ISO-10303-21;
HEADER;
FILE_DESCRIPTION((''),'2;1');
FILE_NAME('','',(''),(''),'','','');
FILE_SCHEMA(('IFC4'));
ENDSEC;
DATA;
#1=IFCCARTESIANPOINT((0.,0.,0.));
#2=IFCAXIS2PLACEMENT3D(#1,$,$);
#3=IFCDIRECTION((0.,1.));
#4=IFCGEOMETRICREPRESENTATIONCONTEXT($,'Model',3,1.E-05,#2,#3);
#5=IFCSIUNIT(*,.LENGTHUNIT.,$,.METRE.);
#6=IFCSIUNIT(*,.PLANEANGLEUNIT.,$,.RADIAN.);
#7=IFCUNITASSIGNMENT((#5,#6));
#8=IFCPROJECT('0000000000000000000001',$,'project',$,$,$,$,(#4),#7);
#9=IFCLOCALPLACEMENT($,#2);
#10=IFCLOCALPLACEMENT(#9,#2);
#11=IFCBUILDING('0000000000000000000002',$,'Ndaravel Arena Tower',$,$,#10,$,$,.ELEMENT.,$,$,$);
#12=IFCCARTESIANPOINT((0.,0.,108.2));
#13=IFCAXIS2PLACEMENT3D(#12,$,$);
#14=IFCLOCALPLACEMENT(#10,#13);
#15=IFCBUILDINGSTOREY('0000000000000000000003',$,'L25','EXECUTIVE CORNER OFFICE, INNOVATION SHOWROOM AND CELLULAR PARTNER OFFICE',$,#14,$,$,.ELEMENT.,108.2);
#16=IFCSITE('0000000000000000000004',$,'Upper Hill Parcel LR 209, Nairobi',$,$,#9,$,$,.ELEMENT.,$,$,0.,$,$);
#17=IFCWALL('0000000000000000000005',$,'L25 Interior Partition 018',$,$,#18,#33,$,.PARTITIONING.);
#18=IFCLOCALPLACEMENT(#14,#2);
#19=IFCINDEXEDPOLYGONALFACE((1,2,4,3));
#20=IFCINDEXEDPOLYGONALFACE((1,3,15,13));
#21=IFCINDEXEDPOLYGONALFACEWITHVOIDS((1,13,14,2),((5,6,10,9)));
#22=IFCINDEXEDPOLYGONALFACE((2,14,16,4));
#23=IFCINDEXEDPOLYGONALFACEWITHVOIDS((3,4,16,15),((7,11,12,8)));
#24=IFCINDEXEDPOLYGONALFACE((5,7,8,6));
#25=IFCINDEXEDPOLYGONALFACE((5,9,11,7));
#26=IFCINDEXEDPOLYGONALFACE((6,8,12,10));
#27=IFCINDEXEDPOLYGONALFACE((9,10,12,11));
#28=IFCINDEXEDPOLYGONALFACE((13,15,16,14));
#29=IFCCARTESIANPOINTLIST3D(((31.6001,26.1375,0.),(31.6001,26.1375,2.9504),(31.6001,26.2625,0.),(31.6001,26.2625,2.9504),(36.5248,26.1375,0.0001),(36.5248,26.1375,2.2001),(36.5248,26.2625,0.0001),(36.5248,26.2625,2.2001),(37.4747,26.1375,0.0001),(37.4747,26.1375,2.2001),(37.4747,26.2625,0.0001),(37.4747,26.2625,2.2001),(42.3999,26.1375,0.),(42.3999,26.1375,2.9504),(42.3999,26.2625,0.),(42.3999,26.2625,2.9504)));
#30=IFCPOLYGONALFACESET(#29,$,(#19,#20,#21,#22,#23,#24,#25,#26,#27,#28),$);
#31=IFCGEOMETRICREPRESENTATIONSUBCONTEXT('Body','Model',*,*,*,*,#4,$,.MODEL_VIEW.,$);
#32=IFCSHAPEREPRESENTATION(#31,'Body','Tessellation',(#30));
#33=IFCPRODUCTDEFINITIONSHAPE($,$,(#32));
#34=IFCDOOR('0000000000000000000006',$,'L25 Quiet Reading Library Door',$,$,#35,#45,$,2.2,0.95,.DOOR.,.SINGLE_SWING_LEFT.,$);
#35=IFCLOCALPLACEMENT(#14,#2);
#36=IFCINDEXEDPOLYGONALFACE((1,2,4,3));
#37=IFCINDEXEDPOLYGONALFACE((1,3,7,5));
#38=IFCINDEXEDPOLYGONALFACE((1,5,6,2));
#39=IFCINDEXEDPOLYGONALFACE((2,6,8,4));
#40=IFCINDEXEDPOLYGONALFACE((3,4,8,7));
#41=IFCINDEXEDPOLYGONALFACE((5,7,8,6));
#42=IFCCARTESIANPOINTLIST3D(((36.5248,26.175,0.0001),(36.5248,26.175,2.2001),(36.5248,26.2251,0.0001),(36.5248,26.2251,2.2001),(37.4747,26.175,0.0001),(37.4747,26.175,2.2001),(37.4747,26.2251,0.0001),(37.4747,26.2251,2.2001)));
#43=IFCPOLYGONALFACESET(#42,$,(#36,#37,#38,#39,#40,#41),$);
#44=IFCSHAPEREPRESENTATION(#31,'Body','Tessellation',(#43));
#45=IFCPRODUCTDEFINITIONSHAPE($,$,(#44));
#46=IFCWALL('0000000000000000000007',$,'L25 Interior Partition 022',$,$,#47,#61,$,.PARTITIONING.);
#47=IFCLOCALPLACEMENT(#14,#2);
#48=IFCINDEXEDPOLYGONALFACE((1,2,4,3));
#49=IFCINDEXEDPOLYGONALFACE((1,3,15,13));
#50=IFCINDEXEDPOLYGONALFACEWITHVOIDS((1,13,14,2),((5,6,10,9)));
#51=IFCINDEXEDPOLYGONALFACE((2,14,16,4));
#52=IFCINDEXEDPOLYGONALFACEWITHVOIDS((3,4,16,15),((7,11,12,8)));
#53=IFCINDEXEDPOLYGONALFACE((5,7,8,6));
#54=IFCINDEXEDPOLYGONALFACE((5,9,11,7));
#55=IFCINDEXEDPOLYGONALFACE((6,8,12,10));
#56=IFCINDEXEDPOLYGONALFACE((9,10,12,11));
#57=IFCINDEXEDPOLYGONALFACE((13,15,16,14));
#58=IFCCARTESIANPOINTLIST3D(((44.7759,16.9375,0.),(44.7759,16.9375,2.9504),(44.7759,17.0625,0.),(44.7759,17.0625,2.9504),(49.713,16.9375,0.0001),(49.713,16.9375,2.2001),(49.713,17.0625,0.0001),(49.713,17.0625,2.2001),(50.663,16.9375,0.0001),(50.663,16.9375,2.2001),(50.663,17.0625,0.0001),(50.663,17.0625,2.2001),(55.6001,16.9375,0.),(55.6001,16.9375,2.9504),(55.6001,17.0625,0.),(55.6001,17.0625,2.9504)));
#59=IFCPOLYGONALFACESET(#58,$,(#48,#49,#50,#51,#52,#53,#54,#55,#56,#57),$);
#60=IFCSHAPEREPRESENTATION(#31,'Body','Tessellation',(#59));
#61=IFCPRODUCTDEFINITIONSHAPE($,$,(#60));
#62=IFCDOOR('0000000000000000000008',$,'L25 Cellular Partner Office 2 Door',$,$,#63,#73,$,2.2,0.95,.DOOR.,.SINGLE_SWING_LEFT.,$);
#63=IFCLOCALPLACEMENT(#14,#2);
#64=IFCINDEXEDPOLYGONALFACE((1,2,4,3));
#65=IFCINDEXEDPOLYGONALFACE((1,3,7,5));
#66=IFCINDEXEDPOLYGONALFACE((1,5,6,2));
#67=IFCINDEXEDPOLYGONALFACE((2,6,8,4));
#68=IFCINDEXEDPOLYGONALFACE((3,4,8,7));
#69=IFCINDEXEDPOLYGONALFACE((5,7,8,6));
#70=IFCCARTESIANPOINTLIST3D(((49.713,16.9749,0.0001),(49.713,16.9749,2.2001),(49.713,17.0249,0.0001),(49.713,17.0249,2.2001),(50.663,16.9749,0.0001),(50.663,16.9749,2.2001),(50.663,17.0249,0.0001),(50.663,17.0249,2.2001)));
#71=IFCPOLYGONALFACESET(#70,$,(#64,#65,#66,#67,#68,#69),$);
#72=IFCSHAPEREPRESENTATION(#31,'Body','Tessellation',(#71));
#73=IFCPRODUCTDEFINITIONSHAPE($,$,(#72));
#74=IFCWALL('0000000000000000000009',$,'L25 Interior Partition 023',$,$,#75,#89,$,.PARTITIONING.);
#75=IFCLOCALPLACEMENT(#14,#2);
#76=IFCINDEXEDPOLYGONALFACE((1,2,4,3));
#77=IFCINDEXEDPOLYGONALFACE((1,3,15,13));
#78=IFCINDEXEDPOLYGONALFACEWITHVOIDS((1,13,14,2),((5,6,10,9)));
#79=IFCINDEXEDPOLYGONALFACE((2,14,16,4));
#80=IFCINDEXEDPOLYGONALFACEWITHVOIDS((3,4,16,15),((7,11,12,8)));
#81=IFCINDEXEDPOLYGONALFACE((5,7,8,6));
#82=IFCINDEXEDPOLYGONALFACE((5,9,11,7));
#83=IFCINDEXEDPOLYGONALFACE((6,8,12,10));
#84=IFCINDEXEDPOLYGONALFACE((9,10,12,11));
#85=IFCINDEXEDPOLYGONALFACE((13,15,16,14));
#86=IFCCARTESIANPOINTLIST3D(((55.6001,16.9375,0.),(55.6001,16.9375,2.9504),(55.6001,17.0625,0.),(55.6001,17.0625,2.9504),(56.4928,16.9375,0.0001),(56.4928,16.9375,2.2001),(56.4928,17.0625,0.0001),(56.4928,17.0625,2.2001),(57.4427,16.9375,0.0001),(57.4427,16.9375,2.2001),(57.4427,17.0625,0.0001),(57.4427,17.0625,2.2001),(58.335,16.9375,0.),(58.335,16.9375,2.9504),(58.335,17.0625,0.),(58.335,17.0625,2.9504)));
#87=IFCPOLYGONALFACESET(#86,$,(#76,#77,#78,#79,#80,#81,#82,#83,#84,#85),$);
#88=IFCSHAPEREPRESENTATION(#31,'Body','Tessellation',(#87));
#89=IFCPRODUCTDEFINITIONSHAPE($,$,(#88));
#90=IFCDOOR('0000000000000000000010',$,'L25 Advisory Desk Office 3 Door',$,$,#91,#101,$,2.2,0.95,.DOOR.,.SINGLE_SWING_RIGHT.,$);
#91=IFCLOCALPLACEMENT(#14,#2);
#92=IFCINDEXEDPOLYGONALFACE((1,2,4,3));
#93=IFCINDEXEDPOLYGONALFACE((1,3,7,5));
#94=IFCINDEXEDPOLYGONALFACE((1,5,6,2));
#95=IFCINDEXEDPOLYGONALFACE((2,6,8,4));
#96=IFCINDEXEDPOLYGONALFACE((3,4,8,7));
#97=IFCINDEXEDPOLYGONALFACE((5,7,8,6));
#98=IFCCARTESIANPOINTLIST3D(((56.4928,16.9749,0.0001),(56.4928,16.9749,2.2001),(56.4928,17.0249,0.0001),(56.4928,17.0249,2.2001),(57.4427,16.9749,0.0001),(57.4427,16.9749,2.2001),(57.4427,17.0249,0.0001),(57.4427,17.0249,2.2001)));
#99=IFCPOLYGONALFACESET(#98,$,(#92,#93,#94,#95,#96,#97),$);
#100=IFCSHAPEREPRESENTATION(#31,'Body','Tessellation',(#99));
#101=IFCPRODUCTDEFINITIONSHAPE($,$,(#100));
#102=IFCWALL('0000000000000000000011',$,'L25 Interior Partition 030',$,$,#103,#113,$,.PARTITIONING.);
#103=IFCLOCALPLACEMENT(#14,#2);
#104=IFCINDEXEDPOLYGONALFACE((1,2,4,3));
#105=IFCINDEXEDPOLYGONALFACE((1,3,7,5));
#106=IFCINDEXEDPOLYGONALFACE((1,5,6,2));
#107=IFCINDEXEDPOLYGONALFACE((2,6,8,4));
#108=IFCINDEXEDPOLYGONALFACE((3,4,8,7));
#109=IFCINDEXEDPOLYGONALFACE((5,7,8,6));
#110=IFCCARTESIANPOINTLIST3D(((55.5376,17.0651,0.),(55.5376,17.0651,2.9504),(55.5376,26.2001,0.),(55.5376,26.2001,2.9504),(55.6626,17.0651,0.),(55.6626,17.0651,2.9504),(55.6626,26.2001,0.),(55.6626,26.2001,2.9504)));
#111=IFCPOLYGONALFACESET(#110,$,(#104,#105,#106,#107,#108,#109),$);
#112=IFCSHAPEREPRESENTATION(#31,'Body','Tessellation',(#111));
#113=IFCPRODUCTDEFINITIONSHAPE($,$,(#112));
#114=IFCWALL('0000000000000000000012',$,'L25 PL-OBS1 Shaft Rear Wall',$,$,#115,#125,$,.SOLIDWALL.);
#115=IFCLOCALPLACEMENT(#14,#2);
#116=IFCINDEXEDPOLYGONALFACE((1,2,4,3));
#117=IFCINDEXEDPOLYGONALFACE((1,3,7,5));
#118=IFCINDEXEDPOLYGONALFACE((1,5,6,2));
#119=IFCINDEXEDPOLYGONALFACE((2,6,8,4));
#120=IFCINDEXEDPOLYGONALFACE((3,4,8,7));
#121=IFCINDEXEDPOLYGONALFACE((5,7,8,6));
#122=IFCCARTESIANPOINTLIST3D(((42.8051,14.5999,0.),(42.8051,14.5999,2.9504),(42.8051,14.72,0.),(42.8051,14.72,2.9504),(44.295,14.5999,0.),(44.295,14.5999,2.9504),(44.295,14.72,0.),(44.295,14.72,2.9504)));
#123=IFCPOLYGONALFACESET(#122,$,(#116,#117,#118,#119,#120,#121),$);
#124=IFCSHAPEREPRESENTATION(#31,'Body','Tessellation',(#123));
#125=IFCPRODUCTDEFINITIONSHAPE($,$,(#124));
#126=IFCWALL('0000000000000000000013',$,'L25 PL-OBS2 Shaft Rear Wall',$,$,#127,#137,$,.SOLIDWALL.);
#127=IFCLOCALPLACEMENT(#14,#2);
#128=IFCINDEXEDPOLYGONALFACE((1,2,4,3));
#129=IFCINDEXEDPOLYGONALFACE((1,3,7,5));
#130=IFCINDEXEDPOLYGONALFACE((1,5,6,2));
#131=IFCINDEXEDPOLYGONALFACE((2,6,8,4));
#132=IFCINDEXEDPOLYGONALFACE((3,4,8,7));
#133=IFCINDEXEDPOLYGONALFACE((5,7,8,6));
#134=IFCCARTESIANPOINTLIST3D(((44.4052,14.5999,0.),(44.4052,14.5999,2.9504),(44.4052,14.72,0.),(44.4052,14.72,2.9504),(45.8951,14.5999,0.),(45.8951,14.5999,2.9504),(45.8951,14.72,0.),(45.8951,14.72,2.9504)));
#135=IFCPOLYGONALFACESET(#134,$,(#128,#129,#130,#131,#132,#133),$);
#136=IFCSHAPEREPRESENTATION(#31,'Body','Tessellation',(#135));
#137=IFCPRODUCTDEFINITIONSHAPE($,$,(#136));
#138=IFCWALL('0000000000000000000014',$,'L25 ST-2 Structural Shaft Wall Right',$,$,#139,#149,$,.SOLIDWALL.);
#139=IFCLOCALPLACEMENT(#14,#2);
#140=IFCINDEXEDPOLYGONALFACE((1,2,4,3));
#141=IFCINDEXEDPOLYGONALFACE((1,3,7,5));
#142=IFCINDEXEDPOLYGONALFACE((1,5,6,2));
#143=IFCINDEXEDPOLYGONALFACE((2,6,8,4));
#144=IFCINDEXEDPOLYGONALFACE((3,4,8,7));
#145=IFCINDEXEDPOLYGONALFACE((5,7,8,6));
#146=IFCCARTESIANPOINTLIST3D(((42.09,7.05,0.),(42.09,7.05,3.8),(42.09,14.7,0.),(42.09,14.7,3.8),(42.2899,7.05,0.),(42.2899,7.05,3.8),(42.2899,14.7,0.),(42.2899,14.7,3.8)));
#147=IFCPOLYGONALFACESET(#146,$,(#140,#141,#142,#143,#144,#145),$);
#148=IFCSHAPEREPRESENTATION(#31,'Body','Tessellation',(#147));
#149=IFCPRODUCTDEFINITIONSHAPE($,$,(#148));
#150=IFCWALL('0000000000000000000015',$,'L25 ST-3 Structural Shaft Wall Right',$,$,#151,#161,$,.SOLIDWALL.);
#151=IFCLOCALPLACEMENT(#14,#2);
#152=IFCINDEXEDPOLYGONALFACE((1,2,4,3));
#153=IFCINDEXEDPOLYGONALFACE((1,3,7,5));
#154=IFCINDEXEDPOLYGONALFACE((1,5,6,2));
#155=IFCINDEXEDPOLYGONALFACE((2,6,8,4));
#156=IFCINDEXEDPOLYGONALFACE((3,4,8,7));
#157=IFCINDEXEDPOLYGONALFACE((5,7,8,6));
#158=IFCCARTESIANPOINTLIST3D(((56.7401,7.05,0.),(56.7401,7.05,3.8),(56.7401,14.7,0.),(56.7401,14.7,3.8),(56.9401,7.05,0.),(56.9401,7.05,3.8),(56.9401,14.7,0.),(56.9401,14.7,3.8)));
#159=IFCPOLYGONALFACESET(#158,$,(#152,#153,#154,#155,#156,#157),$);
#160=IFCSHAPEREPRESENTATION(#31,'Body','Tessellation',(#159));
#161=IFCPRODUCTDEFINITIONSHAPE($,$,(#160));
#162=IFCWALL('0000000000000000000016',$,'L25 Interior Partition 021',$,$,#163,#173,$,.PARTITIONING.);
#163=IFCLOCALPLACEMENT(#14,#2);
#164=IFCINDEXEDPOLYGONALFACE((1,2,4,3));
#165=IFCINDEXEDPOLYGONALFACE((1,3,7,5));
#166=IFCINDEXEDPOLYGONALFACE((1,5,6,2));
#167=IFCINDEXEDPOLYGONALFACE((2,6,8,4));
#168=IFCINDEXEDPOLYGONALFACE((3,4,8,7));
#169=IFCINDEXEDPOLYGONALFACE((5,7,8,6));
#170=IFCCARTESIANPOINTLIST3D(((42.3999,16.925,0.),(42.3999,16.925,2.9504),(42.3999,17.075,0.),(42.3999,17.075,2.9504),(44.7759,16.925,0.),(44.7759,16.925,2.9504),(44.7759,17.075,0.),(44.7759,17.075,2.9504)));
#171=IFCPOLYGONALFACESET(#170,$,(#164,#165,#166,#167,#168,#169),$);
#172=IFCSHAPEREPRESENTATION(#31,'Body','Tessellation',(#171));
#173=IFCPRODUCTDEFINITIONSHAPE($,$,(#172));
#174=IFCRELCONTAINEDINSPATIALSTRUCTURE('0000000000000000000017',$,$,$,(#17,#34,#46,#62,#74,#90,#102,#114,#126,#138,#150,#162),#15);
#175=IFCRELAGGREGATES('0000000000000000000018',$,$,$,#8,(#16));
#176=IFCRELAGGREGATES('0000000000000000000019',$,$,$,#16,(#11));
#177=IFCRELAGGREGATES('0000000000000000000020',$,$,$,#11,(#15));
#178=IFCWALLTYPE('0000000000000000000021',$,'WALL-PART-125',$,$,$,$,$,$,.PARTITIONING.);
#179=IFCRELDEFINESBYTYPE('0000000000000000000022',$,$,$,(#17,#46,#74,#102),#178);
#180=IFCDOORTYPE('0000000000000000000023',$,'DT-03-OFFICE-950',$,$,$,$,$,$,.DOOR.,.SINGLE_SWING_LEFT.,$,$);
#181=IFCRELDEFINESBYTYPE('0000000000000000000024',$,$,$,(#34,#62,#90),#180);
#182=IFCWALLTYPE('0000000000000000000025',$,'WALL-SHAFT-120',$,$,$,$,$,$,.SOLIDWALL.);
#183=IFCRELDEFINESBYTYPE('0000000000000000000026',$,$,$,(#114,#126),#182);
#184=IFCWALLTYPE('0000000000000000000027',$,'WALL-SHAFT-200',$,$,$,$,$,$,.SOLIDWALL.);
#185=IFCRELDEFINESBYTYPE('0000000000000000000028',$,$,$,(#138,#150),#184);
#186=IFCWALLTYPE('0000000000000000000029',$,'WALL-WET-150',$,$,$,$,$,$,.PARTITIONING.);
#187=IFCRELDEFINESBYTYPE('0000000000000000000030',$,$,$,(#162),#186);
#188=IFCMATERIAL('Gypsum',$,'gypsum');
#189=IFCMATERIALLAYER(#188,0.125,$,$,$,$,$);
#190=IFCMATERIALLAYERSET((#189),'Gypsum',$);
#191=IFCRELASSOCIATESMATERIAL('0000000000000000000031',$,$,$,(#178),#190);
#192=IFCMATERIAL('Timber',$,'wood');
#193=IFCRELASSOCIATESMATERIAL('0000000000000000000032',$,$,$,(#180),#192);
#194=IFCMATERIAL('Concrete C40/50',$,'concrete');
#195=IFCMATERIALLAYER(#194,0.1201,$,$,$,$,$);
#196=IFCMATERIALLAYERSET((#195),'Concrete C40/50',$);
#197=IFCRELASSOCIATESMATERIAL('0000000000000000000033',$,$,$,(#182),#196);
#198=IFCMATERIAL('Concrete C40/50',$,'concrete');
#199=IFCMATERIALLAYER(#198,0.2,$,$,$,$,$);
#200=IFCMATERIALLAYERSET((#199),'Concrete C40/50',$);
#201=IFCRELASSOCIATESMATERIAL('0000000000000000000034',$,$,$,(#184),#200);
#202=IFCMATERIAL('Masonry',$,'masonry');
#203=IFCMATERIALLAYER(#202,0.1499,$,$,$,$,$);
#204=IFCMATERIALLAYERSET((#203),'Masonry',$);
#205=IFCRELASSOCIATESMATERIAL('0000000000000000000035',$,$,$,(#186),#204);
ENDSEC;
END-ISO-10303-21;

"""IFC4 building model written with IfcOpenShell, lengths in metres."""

from ifc_helpers import new_model, si_unit, direction, frame, frame_2d, origin, place, context, subcontext, project, spatial, rectangle, extrude, material, layer, layer_set, type_object, element, fill, save


model = new_model("IFC4")

# Units and contexts
model_context = context("Model", 3, precision=1e-05, world=origin(), true_north=direction((0.0, 1.0)))
body_context = subcontext(model_context, "Body", "Model", "MODEL_VIEW")
ifc_project = project(units=[si_unit("LENGTHUNIT", "METRE"), si_unit("PLANEANGLEUNIT", "RADIAN")], contexts=[model_context])

# Site, building, storey
site_placement = place(None, origin())
site = spatial("IfcSite", under=ifc_project, at=site_placement, Name="Upper Hill Parcel LR 209, Nairobi", CompositionType="ELEMENT", RefElevation=0.0)
building_placement = place(site_placement, origin())
building = spatial("IfcBuilding", under=site, at=building_placement, Name="Ndaravel Arena Tower", CompositionType="ELEMENT")
storey_placement = place(building_placement, frame((0.0, 0.0, 108.2)))
storey = spatial("IfcBuildingStorey", under=building, at=storey_placement, Name="L25", Description="EXECUTIVE CORNER OFFICE, INNOVATION SHOWROOM AND CELLULAR PARTNER OFFICE", CompositionType="ELEMENT", Elevation=108.2)

# Shared definitions
ifc_material_1 = material(Name="Gypsum", Category="gypsum")
ifc_layer_1 = layer(ifc_material_1, 0.125)
ifc_layer_set_1 = layer_set([ifc_layer_1], Name="Gypsum")
wall_type_1 = type_object("IfcWallType", Name="WALL-PART-125", PredefinedType="PARTITIONING", material=ifc_layer_set_1)

# Walls, openings, doors
wall_1_placement = place(storey_placement, frame((42.3999, 26.2, 0.0), z_axis=(0.0, 0.0, 1.0), x_axis=(-1.0, 0.0, 0.0)))
wall_1 = element("IfcWall", 1, at=wall_1_placement, inside=storey, type_object=wall_type_1, Name="L25 Interior Partition 018", PredefinedType="PARTITIONING", context=body_context, shape_type="SweptSolid", body=[
    extrude(rectangle(XDim=10.7998, YDim=0.125, at=frame_2d((5.3999, 0.0))), origin(), (0.0, 0.0, 1.0), 2.9504),
])
opening_1_placement = place(wall_1_placement, frame((4.925, 0.0, 0.0)))
opening_1 = element("IfcOpeningElement", 2, at=opening_1_placement, cuts=wall_1, PredefinedType="OPENING", context=body_context, shape_type="SweptSolid", body=[
    extrude(rectangle(XDim=0.95, YDim=2.2, at=frame_2d((0.4751, 1.1001))), frame((0.0, 0.0625, 0.0), z_axis=(0.0, -1.0, 0.0), x_axis=(1.0, 0.0, 0.0)), (0.0, 0.0, 1.0), 0.125),
])
ifc_material_2 = material(Name="Timber", Category="wood")
door_type_1 = type_object("IfcDoorType", Name="DT-03-OFFICE-950", OperationType="SINGLE_SWING_LEFT", PredefinedType="DOOR", material=ifc_material_2)
door_1_placement = place(opening_1_placement, origin())
door_1 = element("IfcDoor", 3, at=door_1_placement, inside=storey, type_object=door_type_1, Name="L25 Quiet Reading Library Door", OperationType="SINGLE_SWING_LEFT", OverallHeight=2.2, OverallWidth=0.95, PredefinedType="DOOR", context=body_context, shape_type="SweptSolid", body=[
    extrude(rectangle(XDim=0.95, YDim=2.2, at=frame_2d((0.4751, 1.1001))), frame((0.0, 0.0249, 0.0), z_axis=(0.0, -1.0, 0.0), x_axis=(1.0, 0.0, 0.0)), (0.0, 0.0, 1.0), 0.05),
])
fill(opening_1, door_1)
wall_2_placement = place(storey_placement, frame((44.7759, 17.0, 0.0), z_axis=(0.0, 0.0, 1.0), x_axis=(1.0, 0.0, 0.0)))
wall_2 = element("IfcWall", 4, at=wall_2_placement, inside=storey, type_object=wall_type_1, Name="L25 Interior Partition 022", PredefinedType="PARTITIONING", context=body_context, shape_type="SweptSolid", body=[
    extrude(rectangle(XDim=10.8242, YDim=0.125, at=frame_2d((5.4121, 0.0))), origin(), (0.0, 0.0, 1.0), 2.9504),
])
opening_2_placement = place(wall_2_placement, frame((4.937, 0.0, 0.0)))
opening_2 = element("IfcOpeningElement", 5, at=opening_2_placement, cuts=wall_2, PredefinedType="OPENING", context=body_context, shape_type="SweptSolid", body=[
    extrude(rectangle(XDim=0.95, YDim=2.2, at=frame_2d((0.4751, 1.1001))), frame((0.0, 0.0625, 0.0), z_axis=(0.0, -1.0, 0.0), x_axis=(1.0, 0.0, 0.0)), (0.0, 0.0, 1.0), 0.125),
])
door_2_placement = place(opening_2_placement, origin())
door_2 = element("IfcDoor", 6, at=door_2_placement, inside=storey, type_object=door_type_1, Name="L25 Cellular Partner Office 2 Door", OperationType="SINGLE_SWING_LEFT", OverallHeight=2.2, OverallWidth=0.95, PredefinedType="DOOR", context=body_context, shape_type="SweptSolid", body=[
    extrude(rectangle(XDim=0.95, YDim=2.2, at=frame_2d((0.4751, 1.1001))), frame((0.0, 0.0249, 0.0), z_axis=(0.0, -1.0, 0.0), x_axis=(1.0, 0.0, 0.0)), (0.0, 0.0, 1.0), 0.05),
])
fill(opening_2, door_2)
wall_3_placement = place(storey_placement, frame((55.6001, 17.0, 0.0), z_axis=(0.0, 0.0, 1.0), x_axis=(1.0, 0.0, 0.0)))
wall_3 = element("IfcWall", 7, at=wall_3_placement, inside=storey, type_object=wall_type_1, Name="L25 Interior Partition 023", PredefinedType="PARTITIONING", context=body_context, shape_type="SweptSolid", body=[
    extrude(rectangle(XDim=2.7349, YDim=0.125, at=frame_2d((1.3674, 0.0))), origin(), (0.0, 0.0, 1.0), 2.9504),
])
opening_3_placement = place(wall_3_placement, frame((0.8926, 0.0, 0.0)))
opening_3 = element("IfcOpeningElement", 8, at=opening_3_placement, cuts=wall_3, PredefinedType="OPENING", context=body_context, shape_type="SweptSolid", body=[
    extrude(rectangle(XDim=0.95, YDim=2.2, at=frame_2d((0.4751, 1.1001))), frame((0.0, 0.0625, 0.0), z_axis=(0.0, -1.0, 0.0), x_axis=(1.0, 0.0, 0.0)), (0.0, 0.0, 1.0), 0.125),
])
door_3_placement = place(opening_3_placement, origin())
door_3 = element("IfcDoor", 9, at=door_3_placement, inside=storey, type_object=door_type_1, Name="L25 Advisory Desk Office 3 Door", OperationType="SINGLE_SWING_RIGHT", OverallHeight=2.2, OverallWidth=0.95, PredefinedType="DOOR", context=body_context, shape_type="SweptSolid", body=[
    extrude(rectangle(XDim=0.95, YDim=2.2, at=frame_2d((0.4751, 1.1001))), frame((0.0, 0.0249, 0.0), z_axis=(0.0, -1.0, 0.0), x_axis=(1.0, 0.0, 0.0)), (0.0, 0.0, 1.0), 0.05),
])
fill(opening_3, door_3)

# Walls
wall_4_placement = place(storey_placement, frame((55.6001, 26.2, 0.0), z_axis=(0.0, 0.0, 1.0), x_axis=(0.0, -1.0, 0.0)))
element("IfcWall", 10, at=wall_4_placement, inside=storey, type_object=wall_type_1, Name="L25 Interior Partition 030", PredefinedType="PARTITIONING", context=body_context, shape_type="SweptSolid", body=[
    extrude(rectangle(XDim=9.135, YDim=0.125, at=frame_2d((4.5674, 0.0))), origin(), (0.0, 0.0, 1.0), 2.9504),
])
ifc_material_3 = material(Name="Concrete C40/50", Category="concrete")
ifc_layer_2 = layer(ifc_material_3, 0.1201)
ifc_layer_set_2 = layer_set([ifc_layer_2], Name="Concrete C40/50")
wall_type_2 = type_object("IfcWallType", Name="WALL-SHAFT-120", PredefinedType="SOLIDWALL", material=ifc_layer_set_2)
for number, where, z_axis, x_axis, name in (
    (11, (42.8049, 14.6599, 0.0), (0.0, 0.0, 1.0), (1.0, 0.0, 0.0), "L25 PL-OBS1 Shaft Rear Wall"),
    (12, (44.405, 14.6599, 0.0), (0.0, 0.0, 1.0), (1.0, 0.0, 0.0), "L25 PL-OBS2 Shaft Rear Wall"),
):
    element("IfcWall", number, at=place(storey_placement, frame(where, z_axis=z_axis, x_axis=x_axis)), inside=storey, type_object=wall_type_2, Name=name, PredefinedType="SOLIDWALL", context=body_context, shape_type="SweptSolid", body=[
        extrude(rectangle(XDim=1.49, YDim=0.1201, at=frame_2d((0.7451, 0.0))), origin(), (0.0, 0.0, 1.0), 2.9504),
    ])
ifc_material_4 = material(Name="Concrete C40/50", Category="concrete")
ifc_layer_3 = layer(ifc_material_4, 0.2)
ifc_layer_set_3 = layer_set([ifc_layer_3], Name="Concrete C40/50")
wall_type_3 = type_object("IfcWallType", Name="WALL-SHAFT-200", PredefinedType="SOLIDWALL", material=ifc_layer_set_3)
for number, where, z_axis, x_axis, name in (
    (13, (42.1899, 14.7, 0.0), (0.0, 0.0, 1.0), (0.0, -1.0, 0.0), "L25 ST-2 Structural Shaft Wall Right"),
    (14, (56.8401, 14.7, 0.0), (0.0, 0.0, 1.0), (0.0, -1.0, 0.0), "L25 ST-3 Structural Shaft Wall Right"),
):
    element("IfcWall", number, at=place(storey_placement, frame(where, z_axis=z_axis, x_axis=x_axis)), inside=storey, type_object=wall_type_3, Name=name, PredefinedType="SOLIDWALL", context=body_context, shape_type="SweptSolid", body=[
        extrude(rectangle(XDim=7.6499, YDim=0.2, at=frame_2d((3.825, 0.0))), origin(), (0.0, 0.0, 1.0), 3.8),
    ])

# Shared definitions
ifc_material_5 = material(Name="Masonry", Category="masonry")
ifc_layer_4 = layer(ifc_material_5, 0.1499)
ifc_layer_set_4 = layer_set([ifc_layer_4], Name="Masonry")
wall_type_4 = type_object("IfcWallType", Name="WALL-WET-150", PredefinedType="PARTITIONING", material=ifc_layer_set_4)

# Wall
wall_5_placement = place(storey_placement, frame((42.3999, 17.0, 0.0), z_axis=(0.0, 0.0, 1.0), x_axis=(1.0, 0.0, 0.0)))
element("IfcWall", 15, at=wall_5_placement, inside=storey, type_object=wall_type_4, Name="L25 Interior Partition 021", PredefinedType="PARTITIONING", context=body_context, shape_type="SweptSolid", body=[
    extrude(rectangle(XDim=2.376, YDim=0.1499, at=frame_2d((1.188, 0.0))), origin(), (0.0, 0.0, 1.0), 2.9504),
])

save(model, "model.ifc")
